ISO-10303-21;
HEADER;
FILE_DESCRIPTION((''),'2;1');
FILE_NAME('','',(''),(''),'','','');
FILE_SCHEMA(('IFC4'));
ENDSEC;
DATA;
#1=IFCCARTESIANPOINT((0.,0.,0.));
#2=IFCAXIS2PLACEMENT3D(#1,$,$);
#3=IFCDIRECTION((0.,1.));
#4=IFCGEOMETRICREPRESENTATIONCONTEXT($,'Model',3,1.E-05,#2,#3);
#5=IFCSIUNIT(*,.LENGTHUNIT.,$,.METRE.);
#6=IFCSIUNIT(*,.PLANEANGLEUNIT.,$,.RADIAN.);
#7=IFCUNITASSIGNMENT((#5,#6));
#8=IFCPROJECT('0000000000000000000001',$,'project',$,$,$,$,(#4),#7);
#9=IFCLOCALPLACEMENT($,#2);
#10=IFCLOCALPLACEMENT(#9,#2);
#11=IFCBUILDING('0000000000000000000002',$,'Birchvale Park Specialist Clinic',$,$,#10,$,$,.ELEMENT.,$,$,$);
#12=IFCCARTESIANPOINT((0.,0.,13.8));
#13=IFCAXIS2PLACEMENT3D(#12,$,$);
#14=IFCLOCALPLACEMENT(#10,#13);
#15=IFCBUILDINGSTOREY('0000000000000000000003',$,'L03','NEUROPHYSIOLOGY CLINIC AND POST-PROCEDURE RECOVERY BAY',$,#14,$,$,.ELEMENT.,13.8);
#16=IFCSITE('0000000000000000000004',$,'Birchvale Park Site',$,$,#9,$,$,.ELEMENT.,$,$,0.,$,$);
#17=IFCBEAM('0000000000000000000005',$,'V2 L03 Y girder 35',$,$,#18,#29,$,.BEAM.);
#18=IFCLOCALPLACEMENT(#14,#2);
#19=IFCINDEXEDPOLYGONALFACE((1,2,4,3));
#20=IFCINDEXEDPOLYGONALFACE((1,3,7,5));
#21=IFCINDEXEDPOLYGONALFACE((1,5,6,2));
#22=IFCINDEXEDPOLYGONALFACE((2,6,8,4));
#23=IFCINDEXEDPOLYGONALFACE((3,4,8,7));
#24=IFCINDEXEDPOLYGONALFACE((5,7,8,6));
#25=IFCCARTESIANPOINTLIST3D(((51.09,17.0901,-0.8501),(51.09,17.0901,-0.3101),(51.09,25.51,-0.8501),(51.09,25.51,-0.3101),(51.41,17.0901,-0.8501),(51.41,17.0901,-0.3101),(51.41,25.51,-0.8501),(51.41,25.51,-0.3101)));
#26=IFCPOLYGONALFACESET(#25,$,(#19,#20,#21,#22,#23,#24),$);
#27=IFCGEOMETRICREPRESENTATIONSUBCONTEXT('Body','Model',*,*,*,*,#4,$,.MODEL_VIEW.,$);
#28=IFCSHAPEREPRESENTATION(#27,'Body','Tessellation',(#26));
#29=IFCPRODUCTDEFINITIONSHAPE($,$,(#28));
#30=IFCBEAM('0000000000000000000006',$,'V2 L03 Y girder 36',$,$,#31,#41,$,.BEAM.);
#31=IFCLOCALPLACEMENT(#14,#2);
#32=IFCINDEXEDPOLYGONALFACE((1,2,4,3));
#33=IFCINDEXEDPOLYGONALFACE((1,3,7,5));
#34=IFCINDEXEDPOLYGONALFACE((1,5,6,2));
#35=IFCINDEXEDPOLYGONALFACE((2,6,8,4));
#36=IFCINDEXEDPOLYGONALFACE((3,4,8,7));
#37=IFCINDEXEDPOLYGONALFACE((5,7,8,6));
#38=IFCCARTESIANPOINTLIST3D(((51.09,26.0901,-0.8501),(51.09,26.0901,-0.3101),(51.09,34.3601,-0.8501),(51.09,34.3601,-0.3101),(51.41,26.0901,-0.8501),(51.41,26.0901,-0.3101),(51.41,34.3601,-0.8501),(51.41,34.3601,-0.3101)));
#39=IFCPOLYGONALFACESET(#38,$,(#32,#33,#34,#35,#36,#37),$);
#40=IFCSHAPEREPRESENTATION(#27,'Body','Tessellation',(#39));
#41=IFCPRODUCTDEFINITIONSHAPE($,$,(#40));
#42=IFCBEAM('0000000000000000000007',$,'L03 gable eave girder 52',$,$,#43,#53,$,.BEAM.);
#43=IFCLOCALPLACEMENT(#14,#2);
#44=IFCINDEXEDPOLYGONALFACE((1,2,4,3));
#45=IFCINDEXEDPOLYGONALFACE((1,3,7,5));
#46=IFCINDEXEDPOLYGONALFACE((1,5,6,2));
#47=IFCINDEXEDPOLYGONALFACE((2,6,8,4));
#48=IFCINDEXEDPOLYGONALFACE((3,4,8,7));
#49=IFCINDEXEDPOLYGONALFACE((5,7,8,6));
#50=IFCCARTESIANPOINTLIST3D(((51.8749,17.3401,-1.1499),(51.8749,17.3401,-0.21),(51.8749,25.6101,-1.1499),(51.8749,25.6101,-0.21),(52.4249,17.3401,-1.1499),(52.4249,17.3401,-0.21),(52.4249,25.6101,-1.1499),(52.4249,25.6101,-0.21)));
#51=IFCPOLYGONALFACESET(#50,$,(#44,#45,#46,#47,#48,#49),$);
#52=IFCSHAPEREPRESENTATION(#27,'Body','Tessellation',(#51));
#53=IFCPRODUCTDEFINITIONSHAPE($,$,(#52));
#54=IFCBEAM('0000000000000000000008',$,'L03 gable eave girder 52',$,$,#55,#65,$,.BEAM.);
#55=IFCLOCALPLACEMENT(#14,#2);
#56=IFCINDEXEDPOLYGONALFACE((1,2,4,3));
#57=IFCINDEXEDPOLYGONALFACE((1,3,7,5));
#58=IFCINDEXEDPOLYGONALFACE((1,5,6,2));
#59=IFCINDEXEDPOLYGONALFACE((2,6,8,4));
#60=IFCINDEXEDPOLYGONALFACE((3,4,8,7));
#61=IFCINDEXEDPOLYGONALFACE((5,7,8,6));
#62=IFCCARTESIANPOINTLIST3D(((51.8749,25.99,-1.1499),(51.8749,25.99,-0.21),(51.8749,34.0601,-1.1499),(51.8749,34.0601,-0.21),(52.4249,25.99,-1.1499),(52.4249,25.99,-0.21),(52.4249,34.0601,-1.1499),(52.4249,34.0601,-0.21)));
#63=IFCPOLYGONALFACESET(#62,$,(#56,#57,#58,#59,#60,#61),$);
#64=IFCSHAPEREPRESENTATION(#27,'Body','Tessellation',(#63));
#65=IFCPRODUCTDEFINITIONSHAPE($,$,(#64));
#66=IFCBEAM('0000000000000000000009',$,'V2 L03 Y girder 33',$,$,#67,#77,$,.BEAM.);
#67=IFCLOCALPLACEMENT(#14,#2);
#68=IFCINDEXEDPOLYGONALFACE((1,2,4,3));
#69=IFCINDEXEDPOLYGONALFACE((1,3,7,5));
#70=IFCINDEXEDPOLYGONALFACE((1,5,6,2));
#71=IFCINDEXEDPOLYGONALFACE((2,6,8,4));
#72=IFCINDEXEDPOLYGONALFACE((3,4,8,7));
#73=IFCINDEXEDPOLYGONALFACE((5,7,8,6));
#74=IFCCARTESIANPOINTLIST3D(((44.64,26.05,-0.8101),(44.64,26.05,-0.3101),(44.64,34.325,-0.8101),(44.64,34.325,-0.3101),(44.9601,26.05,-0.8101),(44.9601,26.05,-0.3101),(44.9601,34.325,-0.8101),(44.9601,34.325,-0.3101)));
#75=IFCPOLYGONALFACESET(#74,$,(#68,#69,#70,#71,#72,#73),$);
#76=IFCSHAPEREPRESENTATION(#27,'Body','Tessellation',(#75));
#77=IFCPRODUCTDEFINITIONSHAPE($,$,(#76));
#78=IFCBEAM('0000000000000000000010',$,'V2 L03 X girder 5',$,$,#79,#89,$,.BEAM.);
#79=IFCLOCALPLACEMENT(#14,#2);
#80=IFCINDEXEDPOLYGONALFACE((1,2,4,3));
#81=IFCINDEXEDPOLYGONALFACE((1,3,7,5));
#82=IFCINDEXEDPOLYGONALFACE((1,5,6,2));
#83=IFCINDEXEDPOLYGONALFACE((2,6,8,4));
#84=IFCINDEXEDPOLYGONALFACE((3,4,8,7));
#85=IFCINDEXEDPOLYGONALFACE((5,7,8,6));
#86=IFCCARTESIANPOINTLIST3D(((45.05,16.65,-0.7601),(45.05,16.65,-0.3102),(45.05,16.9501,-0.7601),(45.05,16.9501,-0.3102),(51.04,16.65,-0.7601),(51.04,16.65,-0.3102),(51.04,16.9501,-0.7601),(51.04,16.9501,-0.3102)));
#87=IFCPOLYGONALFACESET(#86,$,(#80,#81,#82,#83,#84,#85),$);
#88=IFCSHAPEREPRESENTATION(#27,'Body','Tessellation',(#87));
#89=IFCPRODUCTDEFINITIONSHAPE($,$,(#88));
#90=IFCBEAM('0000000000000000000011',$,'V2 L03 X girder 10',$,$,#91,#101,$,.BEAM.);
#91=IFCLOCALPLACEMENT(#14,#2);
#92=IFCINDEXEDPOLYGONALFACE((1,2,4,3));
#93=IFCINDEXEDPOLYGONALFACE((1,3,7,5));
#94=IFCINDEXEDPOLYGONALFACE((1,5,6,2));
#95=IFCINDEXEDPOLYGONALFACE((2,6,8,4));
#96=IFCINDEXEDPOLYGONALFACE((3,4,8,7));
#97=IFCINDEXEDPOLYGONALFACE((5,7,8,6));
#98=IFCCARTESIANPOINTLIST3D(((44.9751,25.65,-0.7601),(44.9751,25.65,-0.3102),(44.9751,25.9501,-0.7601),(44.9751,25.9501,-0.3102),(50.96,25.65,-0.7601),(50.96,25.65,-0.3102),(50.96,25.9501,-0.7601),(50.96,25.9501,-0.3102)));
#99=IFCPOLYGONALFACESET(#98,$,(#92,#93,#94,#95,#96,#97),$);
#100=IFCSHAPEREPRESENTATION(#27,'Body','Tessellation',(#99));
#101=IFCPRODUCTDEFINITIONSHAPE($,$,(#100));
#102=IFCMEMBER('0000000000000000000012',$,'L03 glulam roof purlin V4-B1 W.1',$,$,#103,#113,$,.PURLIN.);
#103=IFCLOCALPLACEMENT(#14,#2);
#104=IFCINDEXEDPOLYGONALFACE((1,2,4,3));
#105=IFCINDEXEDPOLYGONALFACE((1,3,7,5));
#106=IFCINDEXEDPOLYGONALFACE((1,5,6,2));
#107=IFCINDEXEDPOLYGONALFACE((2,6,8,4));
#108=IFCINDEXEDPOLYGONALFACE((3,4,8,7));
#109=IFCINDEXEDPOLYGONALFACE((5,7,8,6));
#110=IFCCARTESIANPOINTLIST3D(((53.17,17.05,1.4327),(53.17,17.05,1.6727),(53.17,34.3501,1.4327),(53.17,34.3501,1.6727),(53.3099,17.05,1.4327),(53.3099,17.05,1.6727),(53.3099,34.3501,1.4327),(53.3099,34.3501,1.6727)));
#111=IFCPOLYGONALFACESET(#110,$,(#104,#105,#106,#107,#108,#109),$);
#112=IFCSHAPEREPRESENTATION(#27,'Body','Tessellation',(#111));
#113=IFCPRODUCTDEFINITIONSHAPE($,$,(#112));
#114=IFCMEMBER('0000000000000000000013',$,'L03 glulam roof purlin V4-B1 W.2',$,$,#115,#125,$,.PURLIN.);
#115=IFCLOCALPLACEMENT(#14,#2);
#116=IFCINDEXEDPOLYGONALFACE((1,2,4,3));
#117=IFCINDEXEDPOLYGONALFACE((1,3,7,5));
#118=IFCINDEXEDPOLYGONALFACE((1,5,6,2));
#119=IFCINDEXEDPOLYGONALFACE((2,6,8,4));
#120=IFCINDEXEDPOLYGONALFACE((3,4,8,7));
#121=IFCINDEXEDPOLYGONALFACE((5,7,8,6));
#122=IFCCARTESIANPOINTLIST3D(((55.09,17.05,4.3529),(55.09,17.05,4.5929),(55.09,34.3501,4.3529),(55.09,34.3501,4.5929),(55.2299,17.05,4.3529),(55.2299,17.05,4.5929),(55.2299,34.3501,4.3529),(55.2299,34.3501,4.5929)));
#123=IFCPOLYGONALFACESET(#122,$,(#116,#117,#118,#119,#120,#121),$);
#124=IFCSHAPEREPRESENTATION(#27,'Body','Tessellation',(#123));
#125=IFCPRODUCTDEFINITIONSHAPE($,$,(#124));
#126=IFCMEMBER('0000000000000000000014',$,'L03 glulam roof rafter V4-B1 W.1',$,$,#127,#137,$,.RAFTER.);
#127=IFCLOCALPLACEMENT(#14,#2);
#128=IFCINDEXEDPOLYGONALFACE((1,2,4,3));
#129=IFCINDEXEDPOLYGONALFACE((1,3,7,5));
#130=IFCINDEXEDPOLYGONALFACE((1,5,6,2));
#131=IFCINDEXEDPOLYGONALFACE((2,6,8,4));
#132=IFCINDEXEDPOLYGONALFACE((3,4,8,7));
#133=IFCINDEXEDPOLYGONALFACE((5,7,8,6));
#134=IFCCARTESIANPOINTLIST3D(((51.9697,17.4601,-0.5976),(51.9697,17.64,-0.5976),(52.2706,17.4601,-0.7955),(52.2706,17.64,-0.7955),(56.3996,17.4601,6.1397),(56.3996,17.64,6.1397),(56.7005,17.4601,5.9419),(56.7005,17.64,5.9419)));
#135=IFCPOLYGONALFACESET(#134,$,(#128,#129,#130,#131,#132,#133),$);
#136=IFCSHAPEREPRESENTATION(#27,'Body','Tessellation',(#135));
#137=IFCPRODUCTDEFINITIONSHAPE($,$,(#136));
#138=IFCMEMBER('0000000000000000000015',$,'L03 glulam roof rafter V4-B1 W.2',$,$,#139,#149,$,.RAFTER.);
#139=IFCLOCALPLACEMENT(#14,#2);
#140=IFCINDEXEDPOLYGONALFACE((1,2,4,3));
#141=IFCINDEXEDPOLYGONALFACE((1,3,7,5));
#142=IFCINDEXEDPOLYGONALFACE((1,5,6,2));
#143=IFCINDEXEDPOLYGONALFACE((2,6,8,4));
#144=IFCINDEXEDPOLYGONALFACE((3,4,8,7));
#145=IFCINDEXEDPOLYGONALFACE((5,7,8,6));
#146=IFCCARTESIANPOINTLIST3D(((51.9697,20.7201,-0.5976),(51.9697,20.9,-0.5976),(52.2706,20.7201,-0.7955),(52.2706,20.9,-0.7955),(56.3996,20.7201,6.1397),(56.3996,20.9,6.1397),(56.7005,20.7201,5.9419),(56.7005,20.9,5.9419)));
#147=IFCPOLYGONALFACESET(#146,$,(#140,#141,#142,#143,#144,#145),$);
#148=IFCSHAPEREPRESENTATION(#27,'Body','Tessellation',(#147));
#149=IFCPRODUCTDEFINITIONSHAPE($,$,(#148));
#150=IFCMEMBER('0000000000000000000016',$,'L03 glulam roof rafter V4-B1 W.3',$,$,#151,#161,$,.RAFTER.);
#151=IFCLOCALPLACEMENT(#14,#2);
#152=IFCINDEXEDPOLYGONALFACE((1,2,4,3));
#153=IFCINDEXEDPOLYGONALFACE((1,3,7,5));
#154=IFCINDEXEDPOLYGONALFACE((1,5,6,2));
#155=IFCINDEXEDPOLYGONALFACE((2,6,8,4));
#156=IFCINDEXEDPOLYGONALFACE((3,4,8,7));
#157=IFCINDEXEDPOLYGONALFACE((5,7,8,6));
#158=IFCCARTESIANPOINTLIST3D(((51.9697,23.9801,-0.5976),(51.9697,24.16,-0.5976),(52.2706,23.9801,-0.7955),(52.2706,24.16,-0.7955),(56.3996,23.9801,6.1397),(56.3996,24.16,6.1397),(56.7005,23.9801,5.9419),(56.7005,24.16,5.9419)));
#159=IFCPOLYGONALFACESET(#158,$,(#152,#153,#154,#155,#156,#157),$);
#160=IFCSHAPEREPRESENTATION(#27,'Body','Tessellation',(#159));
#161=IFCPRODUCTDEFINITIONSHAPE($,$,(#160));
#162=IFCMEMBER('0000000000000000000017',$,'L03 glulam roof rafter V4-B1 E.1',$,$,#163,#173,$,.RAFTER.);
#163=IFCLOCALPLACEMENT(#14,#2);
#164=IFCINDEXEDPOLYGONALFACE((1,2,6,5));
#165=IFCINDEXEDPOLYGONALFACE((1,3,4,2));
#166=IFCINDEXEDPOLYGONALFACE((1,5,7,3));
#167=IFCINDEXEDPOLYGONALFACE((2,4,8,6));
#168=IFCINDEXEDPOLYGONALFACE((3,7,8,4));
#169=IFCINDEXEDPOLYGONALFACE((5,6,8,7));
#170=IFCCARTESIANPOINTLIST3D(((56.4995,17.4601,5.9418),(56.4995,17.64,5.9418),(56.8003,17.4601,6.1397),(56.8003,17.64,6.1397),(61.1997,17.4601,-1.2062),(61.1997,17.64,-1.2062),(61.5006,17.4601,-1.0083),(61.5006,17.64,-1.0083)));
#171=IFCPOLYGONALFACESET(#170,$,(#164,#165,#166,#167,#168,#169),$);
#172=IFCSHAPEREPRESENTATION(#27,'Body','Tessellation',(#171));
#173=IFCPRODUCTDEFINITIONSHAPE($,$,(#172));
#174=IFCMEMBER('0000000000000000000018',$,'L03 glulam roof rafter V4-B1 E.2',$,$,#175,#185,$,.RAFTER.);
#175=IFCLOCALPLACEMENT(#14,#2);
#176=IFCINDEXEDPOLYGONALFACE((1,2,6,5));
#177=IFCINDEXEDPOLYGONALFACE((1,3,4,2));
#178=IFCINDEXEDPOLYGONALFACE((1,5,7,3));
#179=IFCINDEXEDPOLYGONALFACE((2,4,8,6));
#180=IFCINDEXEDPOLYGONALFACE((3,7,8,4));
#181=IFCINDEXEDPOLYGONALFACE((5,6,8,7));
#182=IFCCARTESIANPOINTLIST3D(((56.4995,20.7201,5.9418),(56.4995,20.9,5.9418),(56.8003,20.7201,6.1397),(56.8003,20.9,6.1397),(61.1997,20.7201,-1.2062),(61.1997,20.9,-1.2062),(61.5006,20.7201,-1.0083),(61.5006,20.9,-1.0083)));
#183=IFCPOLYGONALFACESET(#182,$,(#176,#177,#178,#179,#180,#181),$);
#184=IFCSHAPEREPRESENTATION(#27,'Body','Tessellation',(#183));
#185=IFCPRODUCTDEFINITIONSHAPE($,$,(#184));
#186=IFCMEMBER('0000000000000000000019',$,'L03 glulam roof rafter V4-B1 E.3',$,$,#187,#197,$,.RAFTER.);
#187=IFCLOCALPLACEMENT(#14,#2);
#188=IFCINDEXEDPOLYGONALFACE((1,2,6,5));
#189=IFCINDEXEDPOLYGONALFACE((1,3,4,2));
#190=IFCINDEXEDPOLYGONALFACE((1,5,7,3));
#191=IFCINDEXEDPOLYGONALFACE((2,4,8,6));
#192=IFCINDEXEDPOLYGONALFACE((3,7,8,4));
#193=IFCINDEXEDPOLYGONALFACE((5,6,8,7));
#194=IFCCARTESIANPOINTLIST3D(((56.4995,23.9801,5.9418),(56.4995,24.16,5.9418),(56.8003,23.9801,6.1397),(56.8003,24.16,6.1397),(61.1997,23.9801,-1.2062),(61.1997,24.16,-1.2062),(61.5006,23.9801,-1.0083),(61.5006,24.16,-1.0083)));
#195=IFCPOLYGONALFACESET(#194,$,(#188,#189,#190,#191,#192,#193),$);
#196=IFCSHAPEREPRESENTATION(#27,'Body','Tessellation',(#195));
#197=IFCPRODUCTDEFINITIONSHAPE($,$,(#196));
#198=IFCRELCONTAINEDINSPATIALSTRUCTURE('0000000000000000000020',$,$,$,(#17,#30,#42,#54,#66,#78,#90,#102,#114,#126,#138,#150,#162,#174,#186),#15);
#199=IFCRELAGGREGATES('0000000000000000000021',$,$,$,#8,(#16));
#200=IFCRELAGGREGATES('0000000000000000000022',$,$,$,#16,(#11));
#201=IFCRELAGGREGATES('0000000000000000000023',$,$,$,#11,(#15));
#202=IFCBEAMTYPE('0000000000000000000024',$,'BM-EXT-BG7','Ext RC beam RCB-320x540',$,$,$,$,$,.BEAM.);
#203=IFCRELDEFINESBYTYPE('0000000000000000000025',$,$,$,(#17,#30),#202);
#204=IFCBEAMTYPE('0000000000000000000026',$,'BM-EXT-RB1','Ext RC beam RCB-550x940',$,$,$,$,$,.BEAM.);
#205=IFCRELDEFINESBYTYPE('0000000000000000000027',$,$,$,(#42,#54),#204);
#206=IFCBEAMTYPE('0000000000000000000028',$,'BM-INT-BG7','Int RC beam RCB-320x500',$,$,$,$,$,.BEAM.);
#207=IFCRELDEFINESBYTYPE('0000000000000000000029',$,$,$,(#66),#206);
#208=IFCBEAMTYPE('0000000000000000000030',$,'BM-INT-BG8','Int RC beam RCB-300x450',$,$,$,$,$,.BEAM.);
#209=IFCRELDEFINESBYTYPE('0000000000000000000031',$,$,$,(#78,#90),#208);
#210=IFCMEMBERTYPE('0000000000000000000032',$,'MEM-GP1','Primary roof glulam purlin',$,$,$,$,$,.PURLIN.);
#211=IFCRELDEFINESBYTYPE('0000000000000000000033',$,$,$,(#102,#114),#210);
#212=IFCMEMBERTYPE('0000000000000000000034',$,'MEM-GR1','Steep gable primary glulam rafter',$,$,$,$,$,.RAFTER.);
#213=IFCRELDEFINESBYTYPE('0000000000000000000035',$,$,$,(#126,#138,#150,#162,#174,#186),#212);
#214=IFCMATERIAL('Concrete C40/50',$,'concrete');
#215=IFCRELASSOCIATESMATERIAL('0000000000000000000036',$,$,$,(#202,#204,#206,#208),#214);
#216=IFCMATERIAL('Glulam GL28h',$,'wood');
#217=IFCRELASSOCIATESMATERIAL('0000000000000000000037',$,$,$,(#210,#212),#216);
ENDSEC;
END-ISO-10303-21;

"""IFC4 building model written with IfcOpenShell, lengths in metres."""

from ifc_helpers import new_model, si_unit, direction, frame, origin, origin_2d, place, context, subcontext, project, spatial, rectangle, extrude, material, material_profile, profile_set, type_object, element, save


model = new_model("IFC4")

# Units and contexts
model_context = context("Model", 3, precision=1e-05, world=origin(), true_north=direction((0.0, 1.0)))
body_context = subcontext(model_context, "Body", "Model", "MODEL_VIEW")
ifc_project = project(units=[si_unit("LENGTHUNIT", "METRE"), si_unit("PLANEANGLEUNIT", "RADIAN")], contexts=[model_context])

# Site, building, storey
site_placement = place(None, origin())
site = spatial("IfcSite", under=ifc_project, at=site_placement, Name="Birchvale Park Site", CompositionType="ELEMENT", RefElevation=0.0)
building_placement = place(site_placement, origin())
building = spatial("IfcBuilding", under=site, at=building_placement, Name="Birchvale Park Specialist Clinic", CompositionType="ELEMENT")
storey_placement = place(building_placement, frame((0.0, 0.0, 13.8)))
storey = spatial("IfcBuildingStorey", under=building, at=storey_placement, Name="L03", Description="NEUROPHYSIOLOGY CLINIC AND POST-PROCEDURE RECOVERY BAY", CompositionType="ELEMENT", Elevation=13.8)

# Beams
ifc_material_1 = material(Name="Concrete C40/50", Category="concrete")
ifc_material_profile_1 = material_profile(ifc_material_1, rectangle(XDim=0.3201, YDim=0.54, at=origin_2d()), Name="RCB-320x540")
ifc_profile_set_1 = profile_set([ifc_material_profile_1], Name="Concrete C40/50")
beam_type_1 = type_object("IfcBeamType", Name="BM-EXT-BG7", Description="Ext RC beam RCB-320x540", PredefinedType="BEAM", material=ifc_profile_set_1)
beam_1_placement = place(storey_placement, frame((51.25, 17.0901, -0.5801), z_axis=(0.0, 1.0, 0.0), x_axis=(-1.0, 0.0, 0.0)))
element("IfcBeam", 1, at=beam_1_placement, inside=storey, type_object=beam_type_1, Name="V2 L03 Y girder 35", PredefinedType="BEAM", context=body_context, shape_type="SweptSolid", body=[
    extrude(rectangle(XDim=0.3201, YDim=0.54, at=origin_2d()), origin(), (0.0, 0.0, 1.0), 8.4199),
])
beam_2_placement = place(storey_placement, frame((51.25, 26.0901, -0.5801), z_axis=(0.0, 1.0, 0.0), x_axis=(-1.0, 0.0, 0.0)))
element("IfcBeam", 2, at=beam_2_placement, inside=storey, type_object=beam_type_1, Name="V2 L03 Y girder 36", PredefinedType="BEAM", context=body_context, shape_type="SweptSolid", body=[
    extrude(rectangle(XDim=0.3201, YDim=0.54, at=origin_2d()), origin(), (0.0, 0.0, 1.0), 8.27),
])
ifc_material_profile_2 = material_profile(ifc_material_1, rectangle(XDim=0.55, YDim=0.9399, at=origin_2d()), Name="RCB-550x940")
ifc_profile_set_2 = profile_set([ifc_material_profile_2], Name="Concrete C40/50")
beam_type_2 = type_object("IfcBeamType", Name="BM-EXT-RB1", Description="Ext RC beam RCB-550x940", PredefinedType="BEAM", material=ifc_profile_set_2)
beam_3_placement = place(storey_placement, frame((52.1499, 17.3401, -0.6799), z_axis=(0.0, 1.0, 0.0), x_axis=(-1.0, 0.0, 0.0)))
element("IfcBeam", 3, at=beam_3_placement, inside=storey, type_object=beam_type_2, Name="L03 gable eave girder 52", PredefinedType="BEAM", context=body_context, shape_type="SweptSolid", body=[
    extrude(rectangle(XDim=0.55, YDim=0.9399, at=origin_2d()), origin(), (0.0, 0.0, 1.0), 8.27),
])
beam_4_placement = place(storey_placement, frame((52.1499, 25.99, -0.6799), z_axis=(0.0, 1.0, 0.0), x_axis=(-1.0, 0.0, 0.0)))
element("IfcBeam", 4, at=beam_4_placement, inside=storey, type_object=beam_type_2, Name="L03 gable eave girder 52", PredefinedType="BEAM", context=body_context, shape_type="SweptSolid", body=[
    extrude(rectangle(XDim=0.55, YDim=0.9399, at=origin_2d()), origin(), (0.0, 0.0, 1.0), 8.0701),
])
ifc_material_profile_3 = material_profile(ifc_material_1, rectangle(XDim=0.3201, YDim=0.5, at=origin_2d()), Name="RCB-320x500")
ifc_profile_set_3 = profile_set([ifc_material_profile_3], Name="Concrete C40/50")
beam_type_3 = type_object("IfcBeamType", Name="BM-INT-BG7", Description="Int RC beam RCB-320x500", PredefinedType="BEAM", material=ifc_profile_set_3)
beam_5_placement = place(storey_placement, frame((44.8, 26.05, -0.5601), z_axis=(0.0, 1.0, 0.0), x_axis=(-1.0, 0.0, 0.0)))
element("IfcBeam", 5, at=beam_5_placement, inside=storey, type_object=beam_type_3, Name="V2 L03 Y girder 33", PredefinedType="BEAM", context=body_context, shape_type="SweptSolid", body=[
    extrude(rectangle(XDim=0.3201, YDim=0.5, at=origin_2d()), origin(), (0.0, 0.0, 1.0), 8.2749),
])
ifc_material_profile_4 = material_profile(ifc_material_1, rectangle(XDim=0.3, YDim=0.45, at=origin_2d()), Name="RCB-300x450")
ifc_profile_set_4 = profile_set([ifc_material_profile_4], Name="Concrete C40/50")
beam_type_4 = type_object("IfcBeamType", Name="BM-INT-BG8", Description="Int RC beam RCB-300x450", PredefinedType="BEAM", material=ifc_profile_set_4)
beam_6_placement = place(storey_placement, frame((45.05, 16.8, -0.5352), z_axis=(1.0, 0.0, 0.0), x_axis=(0.0, 1.0, 0.0)))
element("IfcBeam", 6, at=beam_6_placement, inside=storey, type_object=beam_type_4, Name="V2 L03 X girder 5", PredefinedType="BEAM", context=body_context, shape_type="SweptSolid", body=[
    extrude(rectangle(XDim=0.3, YDim=0.45, at=origin_2d()), origin(), (0.0, 0.0, 1.0), 5.99),
])
beam_7_placement = place(storey_placement, frame((44.9751, 25.8, -0.5352), z_axis=(1.0, 0.0, 0.0), x_axis=(0.0, 1.0, 0.0)))
element("IfcBeam", 7, at=beam_7_placement, inside=storey, type_object=beam_type_4, Name="V2 L03 X girder 10", PredefinedType="BEAM", context=body_context, shape_type="SweptSolid", body=[
    extrude(rectangle(XDim=0.3, YDim=0.45, at=origin_2d()), origin(), (0.0, 0.0, 1.0), 5.9849),
])

# Members
ifc_material_2 = material(Name="Glulam GL28h", Category="wood")
ifc_material_profile_5 = material_profile(ifc_material_2, rectangle(XDim=0.1399, YDim=0.24, at=origin_2d()), Name="GL-140x240")
ifc_profile_set_5 = profile_set([ifc_material_profile_5], Name="Glulam GL28h")
member_type_1 = type_object("IfcMemberType", Name="MEM-GP1", Description="Primary roof glulam purlin", PredefinedType="PURLIN", material=ifc_profile_set_5)
for number, where, z_axis, x_axis, name in (
    (8, (53.24, 17.05, 1.5527), (0.0, 1.0, 0.0), (-1.0, 0.0, 0.0), "L03 glulam roof purlin V4-B1 W.1"),
    (9, (55.1599, 17.05, 4.4729), (0.0, 1.0, 0.0), (-1.0, 0.0, 0.0), "L03 glulam roof purlin V4-B1 W.2"),
):
    element("IfcMember", number, at=place(storey_placement, frame(where, z_axis=z_axis, x_axis=x_axis)), inside=storey, type_object=member_type_1, Name=name, PredefinedType="PURLIN", context=body_context, shape_type="SweptSolid", body=[
        extrude(rectangle(XDim=0.1399, YDim=0.24, at=origin_2d()), origin(), (0.0, 0.0, 1.0), 17.3),
    ])
ifc_material_profile_6 = material_profile(ifc_material_2, rectangle(XDim=0.1799, YDim=0.3601, at=origin_2d()), Name="GL-180x360")
ifc_profile_set_6 = profile_set([ifc_material_profile_6], Name="Glulam GL28h")
member_type_2 = type_object("IfcMemberType", Name="MEM-GR1", Description="Steep gable primary glulam rafter", PredefinedType="RAFTER", material=ifc_profile_set_6)
for number, where, z_axis, x_axis, name in (
    (10, (52.1201, 17.55, -0.6965), (0.5494, 0.0, 0.83556), (0.0, 1.0, 0.0), "L03 glulam roof rafter V4-B1 W.1"),
    (11, (52.1201, 20.8101, -0.6965), (0.5494, 0.0, 0.83556), (0.0, 1.0, 0.0), "L03 glulam roof rafter V4-B1 W.2"),
    (12, (52.1201, 24.0701, -0.6965), (0.5494, 0.0, 0.83556), (0.0, 1.0, 0.0), "L03 glulam roof rafter V4-B1 W.3"),
):
    element("IfcMember", number, at=place(storey_placement, frame(where, z_axis=z_axis, x_axis=x_axis)), inside=storey, type_object=member_type_2, Name=name, PredefinedType="RAFTER", context=body_context, shape_type="SweptSolid", body=[
        extrude(rectangle(XDim=0.1799, YDim=0.3601, at=origin_2d()), origin(), (0.0, 0.0, 1.0), 8.0632),
    ])
for number, where, z_axis, x_axis, name in (
    (13, (56.6499, 17.55, 6.0408), (0.54942, 0.0, -0.835546), (0.0, 1.0, 0.0), "L03 glulam roof rafter V4-B1 E.1"),
    (14, (56.6499, 20.8101, 6.0408), (0.54942, 0.0, -0.835546), (0.0, 1.0, 0.0), "L03 glulam roof rafter V4-B1 E.2"),
    (15, (56.6499, 24.0701, 6.0408), (0.54942, 0.0, -0.835546), (0.0, 1.0, 0.0), "L03 glulam roof rafter V4-B1 E.3"),
):
    element("IfcMember", number, at=place(storey_placement, frame(where, z_axis=z_axis, x_axis=x_axis)), inside=storey, type_object=member_type_2, Name=name, PredefinedType="RAFTER", context=body_context, shape_type="SweptSolid", body=[
        extrude(rectangle(XDim=0.1799, YDim=0.3601, at=origin_2d()), origin(), (0.0, 0.0, 1.0), 8.5549),
    ])

save(model, "model.ifc")
